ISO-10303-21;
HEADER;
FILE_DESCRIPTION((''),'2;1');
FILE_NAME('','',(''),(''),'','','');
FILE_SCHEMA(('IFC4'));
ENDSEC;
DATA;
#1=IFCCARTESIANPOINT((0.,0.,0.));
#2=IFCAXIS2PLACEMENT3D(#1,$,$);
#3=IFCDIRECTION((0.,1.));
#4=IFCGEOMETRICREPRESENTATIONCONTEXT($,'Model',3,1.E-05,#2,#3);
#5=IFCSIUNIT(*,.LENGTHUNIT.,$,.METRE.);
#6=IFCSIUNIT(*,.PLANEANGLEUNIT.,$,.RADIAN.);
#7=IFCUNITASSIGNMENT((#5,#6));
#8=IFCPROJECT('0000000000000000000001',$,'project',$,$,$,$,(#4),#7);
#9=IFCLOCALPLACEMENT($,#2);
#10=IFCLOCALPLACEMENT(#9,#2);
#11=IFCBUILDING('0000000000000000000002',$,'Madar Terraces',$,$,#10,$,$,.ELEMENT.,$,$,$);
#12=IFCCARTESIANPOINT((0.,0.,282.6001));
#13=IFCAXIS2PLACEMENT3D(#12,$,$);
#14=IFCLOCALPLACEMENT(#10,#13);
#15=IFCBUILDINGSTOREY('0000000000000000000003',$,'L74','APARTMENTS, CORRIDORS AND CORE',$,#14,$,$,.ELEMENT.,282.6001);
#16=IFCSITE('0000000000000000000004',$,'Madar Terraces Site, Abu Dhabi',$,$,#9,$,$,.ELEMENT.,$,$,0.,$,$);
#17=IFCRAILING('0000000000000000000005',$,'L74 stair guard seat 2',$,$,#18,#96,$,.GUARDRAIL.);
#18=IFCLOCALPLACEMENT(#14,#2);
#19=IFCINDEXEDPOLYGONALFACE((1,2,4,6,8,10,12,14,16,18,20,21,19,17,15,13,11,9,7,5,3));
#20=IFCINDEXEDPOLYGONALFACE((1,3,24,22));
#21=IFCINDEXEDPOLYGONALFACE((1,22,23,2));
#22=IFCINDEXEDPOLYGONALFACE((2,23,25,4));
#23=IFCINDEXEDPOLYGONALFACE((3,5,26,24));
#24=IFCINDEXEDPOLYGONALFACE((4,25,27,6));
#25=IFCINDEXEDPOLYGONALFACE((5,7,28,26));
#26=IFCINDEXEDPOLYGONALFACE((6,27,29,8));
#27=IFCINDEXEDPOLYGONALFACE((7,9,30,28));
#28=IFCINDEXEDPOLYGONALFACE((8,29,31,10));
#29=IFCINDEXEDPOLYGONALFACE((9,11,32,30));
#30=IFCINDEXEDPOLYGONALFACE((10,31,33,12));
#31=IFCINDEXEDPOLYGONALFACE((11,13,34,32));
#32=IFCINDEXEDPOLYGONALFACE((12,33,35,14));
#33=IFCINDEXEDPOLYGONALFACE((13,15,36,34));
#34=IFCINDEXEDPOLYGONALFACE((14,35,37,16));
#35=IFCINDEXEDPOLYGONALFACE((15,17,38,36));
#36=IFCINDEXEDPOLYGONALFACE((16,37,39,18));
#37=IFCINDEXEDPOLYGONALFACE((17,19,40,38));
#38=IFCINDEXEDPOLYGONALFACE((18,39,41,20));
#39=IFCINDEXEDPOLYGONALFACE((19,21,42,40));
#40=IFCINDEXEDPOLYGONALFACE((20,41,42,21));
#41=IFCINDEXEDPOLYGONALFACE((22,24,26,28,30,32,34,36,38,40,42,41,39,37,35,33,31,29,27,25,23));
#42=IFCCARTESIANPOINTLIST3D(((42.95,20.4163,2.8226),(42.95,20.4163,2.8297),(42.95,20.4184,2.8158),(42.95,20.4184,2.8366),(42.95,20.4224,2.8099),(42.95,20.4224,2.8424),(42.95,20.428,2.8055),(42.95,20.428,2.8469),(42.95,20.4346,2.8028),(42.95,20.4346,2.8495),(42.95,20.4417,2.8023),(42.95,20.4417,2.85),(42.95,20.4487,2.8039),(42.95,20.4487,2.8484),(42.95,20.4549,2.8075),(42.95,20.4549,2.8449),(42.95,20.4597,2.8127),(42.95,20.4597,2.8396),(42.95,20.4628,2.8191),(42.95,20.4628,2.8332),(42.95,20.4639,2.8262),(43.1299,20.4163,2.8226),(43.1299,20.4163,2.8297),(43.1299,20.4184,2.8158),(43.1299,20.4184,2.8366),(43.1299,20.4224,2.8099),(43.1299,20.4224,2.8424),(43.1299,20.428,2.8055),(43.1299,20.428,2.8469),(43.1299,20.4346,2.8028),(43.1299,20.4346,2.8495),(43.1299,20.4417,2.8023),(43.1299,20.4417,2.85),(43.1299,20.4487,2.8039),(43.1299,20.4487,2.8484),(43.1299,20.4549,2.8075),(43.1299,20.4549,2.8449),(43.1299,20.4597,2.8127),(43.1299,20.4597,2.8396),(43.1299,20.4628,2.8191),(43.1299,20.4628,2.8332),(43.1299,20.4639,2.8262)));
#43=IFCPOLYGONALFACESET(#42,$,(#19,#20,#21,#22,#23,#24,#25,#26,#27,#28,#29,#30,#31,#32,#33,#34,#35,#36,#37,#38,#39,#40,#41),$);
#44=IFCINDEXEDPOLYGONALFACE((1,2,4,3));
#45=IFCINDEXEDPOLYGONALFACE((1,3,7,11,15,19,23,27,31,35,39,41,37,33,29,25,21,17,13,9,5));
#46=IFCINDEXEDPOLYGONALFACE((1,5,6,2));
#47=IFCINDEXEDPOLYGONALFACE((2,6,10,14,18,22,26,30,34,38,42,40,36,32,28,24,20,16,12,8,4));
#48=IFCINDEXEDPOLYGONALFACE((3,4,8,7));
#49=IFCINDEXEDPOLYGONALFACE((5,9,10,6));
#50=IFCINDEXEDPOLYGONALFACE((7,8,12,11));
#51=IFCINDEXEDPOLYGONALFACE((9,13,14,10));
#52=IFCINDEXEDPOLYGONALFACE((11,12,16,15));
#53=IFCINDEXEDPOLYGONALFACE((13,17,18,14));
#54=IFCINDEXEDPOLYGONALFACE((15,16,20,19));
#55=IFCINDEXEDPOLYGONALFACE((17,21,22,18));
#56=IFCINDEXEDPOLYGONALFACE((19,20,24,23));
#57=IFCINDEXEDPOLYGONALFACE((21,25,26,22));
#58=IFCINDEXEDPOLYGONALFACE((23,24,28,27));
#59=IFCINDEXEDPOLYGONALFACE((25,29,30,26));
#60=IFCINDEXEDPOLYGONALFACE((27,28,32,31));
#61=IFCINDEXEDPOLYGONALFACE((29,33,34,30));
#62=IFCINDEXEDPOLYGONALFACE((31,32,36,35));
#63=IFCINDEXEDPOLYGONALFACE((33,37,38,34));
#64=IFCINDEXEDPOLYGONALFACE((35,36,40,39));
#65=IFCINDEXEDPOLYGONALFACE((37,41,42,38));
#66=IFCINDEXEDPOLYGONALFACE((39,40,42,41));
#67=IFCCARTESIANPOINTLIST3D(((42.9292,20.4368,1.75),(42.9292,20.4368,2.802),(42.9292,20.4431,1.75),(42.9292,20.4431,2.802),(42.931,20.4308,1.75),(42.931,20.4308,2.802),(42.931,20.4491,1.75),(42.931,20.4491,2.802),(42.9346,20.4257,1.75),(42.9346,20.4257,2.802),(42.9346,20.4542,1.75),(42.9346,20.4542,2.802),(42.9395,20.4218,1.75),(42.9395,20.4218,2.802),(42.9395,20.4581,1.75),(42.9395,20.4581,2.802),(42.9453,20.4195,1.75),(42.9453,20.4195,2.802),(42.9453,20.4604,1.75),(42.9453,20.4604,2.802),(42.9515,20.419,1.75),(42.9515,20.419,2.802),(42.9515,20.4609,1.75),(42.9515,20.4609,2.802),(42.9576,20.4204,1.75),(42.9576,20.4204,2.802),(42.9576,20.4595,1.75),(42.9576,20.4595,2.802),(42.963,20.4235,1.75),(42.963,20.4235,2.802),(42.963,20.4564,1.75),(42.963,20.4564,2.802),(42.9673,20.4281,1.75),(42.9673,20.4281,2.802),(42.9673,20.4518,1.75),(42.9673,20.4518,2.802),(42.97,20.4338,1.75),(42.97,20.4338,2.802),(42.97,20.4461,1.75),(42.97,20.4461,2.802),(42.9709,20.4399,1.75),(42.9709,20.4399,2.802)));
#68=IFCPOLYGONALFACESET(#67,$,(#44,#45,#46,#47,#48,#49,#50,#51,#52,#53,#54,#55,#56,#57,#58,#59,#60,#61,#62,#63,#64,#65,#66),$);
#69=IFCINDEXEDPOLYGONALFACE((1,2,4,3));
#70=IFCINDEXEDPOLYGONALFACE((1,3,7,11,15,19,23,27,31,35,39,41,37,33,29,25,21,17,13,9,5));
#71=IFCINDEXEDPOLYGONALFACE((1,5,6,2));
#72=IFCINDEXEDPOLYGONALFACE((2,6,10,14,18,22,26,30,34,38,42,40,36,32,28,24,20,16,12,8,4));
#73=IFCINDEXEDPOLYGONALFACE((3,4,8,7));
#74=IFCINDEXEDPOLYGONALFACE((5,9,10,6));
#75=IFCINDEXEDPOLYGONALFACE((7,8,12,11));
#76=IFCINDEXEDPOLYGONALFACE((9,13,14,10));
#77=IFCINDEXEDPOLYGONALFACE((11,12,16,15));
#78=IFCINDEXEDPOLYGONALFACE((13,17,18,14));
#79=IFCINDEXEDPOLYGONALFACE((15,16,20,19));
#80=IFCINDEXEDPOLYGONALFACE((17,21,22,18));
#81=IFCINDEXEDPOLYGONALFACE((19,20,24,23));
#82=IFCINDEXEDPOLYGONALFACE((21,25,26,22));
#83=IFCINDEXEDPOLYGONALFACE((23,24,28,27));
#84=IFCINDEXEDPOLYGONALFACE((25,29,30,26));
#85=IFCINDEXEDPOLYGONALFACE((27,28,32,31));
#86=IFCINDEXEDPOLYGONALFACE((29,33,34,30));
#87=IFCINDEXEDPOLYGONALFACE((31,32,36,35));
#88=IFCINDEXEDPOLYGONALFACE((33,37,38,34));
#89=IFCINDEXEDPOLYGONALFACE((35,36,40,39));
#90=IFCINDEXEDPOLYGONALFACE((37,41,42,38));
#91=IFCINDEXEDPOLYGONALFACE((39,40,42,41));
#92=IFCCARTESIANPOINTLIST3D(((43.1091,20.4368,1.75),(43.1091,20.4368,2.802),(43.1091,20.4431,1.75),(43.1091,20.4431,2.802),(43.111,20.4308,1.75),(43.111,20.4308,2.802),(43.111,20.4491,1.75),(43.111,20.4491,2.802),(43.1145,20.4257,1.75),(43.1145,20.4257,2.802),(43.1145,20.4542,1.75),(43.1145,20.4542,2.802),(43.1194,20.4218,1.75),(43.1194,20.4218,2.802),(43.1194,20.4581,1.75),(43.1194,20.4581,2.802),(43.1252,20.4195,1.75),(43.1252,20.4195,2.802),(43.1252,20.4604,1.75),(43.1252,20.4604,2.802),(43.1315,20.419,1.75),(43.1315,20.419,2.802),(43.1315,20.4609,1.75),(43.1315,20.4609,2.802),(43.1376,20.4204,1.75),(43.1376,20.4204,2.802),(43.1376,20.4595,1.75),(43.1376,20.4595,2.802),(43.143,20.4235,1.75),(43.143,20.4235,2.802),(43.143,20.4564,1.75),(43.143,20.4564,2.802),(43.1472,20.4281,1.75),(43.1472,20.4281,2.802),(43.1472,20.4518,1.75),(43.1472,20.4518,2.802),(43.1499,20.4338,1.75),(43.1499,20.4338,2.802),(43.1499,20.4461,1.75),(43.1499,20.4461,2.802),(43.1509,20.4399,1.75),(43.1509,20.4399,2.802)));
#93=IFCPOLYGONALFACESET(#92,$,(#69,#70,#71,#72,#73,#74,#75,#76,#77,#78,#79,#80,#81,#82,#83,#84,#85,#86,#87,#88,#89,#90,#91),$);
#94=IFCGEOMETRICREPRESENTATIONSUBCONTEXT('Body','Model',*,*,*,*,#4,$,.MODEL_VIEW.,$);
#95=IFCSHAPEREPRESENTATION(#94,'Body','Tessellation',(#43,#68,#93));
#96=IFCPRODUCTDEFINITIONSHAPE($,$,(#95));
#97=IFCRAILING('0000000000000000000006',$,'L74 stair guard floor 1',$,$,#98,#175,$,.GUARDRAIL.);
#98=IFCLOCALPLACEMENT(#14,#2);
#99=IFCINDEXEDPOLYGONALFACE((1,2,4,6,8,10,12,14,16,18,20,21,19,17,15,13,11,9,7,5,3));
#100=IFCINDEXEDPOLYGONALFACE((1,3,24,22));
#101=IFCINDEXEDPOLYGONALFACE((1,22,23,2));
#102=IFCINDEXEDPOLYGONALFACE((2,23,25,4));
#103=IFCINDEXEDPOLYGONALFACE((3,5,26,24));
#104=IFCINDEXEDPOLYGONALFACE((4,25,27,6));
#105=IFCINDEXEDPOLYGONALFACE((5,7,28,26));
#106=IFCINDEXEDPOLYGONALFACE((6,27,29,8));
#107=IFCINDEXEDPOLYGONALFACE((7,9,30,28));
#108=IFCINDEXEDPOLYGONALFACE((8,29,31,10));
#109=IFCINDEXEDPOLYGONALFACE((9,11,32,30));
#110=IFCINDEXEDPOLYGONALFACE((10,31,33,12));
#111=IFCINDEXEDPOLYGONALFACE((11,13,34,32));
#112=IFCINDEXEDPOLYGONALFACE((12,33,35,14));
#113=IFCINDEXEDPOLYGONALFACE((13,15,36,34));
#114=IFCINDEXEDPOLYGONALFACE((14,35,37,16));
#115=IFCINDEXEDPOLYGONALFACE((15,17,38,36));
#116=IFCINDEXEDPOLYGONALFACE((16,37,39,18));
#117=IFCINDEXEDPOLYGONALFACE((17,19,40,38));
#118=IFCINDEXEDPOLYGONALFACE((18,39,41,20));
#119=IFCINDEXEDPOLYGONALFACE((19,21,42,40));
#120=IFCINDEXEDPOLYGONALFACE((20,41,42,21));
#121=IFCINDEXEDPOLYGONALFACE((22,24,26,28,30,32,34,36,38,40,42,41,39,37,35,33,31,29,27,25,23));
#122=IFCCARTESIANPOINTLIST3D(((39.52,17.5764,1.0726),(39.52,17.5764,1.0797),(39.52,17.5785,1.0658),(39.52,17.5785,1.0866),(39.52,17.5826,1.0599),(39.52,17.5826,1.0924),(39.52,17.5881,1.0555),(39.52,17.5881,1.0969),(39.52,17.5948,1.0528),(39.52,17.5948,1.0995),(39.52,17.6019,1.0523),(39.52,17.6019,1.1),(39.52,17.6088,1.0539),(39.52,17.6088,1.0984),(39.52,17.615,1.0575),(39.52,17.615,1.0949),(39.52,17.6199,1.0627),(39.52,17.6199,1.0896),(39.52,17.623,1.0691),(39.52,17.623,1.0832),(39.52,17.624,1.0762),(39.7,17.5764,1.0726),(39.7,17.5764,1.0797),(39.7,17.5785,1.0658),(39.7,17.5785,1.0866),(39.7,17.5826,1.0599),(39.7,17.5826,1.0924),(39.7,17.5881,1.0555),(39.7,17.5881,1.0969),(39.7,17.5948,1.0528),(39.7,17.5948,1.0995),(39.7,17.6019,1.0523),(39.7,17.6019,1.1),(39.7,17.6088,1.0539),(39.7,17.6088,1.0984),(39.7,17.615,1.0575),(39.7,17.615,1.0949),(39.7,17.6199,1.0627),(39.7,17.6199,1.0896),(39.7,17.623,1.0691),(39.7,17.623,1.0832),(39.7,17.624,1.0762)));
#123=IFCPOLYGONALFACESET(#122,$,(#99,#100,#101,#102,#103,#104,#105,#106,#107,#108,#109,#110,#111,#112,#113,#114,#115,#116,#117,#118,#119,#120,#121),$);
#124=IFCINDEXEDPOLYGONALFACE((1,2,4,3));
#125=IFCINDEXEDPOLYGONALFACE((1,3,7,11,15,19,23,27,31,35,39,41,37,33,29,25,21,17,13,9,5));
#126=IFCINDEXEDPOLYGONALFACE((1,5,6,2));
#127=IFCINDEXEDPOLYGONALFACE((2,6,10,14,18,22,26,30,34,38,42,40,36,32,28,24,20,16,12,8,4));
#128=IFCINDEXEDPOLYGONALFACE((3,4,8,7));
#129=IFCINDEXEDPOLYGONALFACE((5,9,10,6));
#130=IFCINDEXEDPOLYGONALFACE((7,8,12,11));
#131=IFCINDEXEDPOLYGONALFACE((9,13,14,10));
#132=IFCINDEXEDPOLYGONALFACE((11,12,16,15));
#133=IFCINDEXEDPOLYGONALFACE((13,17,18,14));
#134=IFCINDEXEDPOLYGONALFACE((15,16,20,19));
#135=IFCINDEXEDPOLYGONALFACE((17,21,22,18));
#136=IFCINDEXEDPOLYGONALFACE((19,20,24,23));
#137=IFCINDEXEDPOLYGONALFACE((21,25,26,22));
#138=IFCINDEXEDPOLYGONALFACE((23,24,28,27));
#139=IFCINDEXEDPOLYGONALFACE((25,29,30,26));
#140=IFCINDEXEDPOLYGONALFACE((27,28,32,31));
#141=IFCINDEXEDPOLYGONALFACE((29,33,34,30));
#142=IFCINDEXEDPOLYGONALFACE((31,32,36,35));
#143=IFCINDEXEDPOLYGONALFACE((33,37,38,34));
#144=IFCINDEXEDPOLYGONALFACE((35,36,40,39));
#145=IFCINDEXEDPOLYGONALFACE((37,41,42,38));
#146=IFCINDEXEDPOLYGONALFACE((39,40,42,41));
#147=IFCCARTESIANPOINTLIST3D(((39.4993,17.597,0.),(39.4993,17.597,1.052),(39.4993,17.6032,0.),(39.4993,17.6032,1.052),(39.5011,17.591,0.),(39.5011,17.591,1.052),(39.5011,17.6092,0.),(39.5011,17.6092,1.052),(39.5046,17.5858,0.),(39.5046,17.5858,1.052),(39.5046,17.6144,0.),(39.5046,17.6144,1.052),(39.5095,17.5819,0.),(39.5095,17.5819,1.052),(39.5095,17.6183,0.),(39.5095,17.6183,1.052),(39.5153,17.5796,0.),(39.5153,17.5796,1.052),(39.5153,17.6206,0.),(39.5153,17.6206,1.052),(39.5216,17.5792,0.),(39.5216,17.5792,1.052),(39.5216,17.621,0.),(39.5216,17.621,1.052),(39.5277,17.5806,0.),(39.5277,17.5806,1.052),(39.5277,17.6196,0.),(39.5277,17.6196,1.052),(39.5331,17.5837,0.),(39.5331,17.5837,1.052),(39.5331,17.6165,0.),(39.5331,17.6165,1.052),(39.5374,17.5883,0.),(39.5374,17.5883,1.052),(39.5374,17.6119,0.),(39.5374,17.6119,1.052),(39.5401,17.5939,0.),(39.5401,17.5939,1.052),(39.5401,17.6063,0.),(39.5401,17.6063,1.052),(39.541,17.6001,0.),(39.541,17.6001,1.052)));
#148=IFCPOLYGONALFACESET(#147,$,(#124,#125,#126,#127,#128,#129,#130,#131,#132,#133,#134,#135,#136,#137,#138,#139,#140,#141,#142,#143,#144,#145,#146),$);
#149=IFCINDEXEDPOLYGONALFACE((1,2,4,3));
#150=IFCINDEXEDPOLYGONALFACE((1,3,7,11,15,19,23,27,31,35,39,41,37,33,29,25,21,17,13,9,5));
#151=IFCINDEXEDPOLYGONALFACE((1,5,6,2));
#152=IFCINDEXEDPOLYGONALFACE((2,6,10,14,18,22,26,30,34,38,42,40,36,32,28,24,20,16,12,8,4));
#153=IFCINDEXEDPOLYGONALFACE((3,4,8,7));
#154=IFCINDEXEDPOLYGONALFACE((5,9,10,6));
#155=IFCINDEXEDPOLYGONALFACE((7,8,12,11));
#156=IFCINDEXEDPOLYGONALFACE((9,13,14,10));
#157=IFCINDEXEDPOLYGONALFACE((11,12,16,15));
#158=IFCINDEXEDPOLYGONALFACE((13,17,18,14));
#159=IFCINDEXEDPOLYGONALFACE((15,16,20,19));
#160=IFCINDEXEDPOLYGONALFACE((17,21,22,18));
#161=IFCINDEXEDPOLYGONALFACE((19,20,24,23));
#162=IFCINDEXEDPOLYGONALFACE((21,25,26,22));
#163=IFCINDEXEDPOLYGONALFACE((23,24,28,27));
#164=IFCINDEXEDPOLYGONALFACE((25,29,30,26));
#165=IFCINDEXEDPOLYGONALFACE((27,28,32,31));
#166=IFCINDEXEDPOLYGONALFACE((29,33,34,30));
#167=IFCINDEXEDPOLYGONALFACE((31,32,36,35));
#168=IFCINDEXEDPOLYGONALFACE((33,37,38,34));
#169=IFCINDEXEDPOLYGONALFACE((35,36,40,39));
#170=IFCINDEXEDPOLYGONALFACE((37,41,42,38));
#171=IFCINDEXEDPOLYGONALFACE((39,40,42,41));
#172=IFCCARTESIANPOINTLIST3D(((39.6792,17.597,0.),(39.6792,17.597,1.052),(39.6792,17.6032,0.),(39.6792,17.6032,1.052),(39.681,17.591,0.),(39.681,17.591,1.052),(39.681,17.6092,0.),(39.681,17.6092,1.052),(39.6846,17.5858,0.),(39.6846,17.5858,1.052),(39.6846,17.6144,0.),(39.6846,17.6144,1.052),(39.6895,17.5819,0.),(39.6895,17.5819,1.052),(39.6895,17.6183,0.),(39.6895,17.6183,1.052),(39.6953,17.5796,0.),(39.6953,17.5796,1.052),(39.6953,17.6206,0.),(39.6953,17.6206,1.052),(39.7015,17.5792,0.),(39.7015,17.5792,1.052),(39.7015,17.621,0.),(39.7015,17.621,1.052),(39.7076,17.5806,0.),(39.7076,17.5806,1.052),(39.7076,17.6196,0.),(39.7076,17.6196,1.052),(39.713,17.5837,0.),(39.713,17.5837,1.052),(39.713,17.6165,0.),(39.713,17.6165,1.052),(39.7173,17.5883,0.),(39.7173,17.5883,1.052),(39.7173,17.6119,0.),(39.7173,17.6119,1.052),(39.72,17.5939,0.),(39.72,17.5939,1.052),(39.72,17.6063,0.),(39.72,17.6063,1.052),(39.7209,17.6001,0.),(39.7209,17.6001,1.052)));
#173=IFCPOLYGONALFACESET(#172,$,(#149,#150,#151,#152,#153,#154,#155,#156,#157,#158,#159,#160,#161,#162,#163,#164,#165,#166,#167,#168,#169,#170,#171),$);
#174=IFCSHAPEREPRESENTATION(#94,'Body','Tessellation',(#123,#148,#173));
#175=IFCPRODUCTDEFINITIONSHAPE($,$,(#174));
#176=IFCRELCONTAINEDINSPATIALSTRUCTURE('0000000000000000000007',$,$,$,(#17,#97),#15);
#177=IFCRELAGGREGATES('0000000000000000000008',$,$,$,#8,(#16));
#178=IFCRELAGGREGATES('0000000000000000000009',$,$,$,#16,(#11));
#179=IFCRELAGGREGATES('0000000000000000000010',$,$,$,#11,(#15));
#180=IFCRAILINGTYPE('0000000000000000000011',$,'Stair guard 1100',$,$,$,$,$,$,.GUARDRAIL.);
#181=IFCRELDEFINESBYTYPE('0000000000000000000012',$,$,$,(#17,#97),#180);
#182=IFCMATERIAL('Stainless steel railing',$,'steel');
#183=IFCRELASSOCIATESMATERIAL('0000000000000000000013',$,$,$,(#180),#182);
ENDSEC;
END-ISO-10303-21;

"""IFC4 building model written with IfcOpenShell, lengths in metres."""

from ifc_helpers import new_model, si_unit, direction, frame, origin, origin_2d, place, context, subcontext, project, spatial, circle, extrude, material, type_object, element, save


model = new_model("IFC4")

# Units and contexts
model_context = context("Model", 3, precision=1e-05, world=origin(), true_north=direction((0.0, 1.0)))
body_context = subcontext(model_context, "Body", "Model", "MODEL_VIEW")
ifc_project = project(units=[si_unit("LENGTHUNIT", "METRE"), si_unit("PLANEANGLEUNIT", "RADIAN")], contexts=[model_context])

# Site, building, storey
site_placement = place(None, origin())
site = spatial("IfcSite", under=ifc_project, at=site_placement, Name="Madar Terraces Site, Abu Dhabi", CompositionType="ELEMENT", RefElevation=0.0)
building_placement = place(site_placement, origin())
building = spatial("IfcBuilding", under=site, at=building_placement, Name="Madar Terraces", CompositionType="ELEMENT")
storey_placement = place(building_placement, frame((0.0, 0.0, 282.6001)))
storey = spatial("IfcBuildingStorey", under=building, at=storey_placement, Name="L74", Description="APARTMENTS, CORRIDORS AND CORE", CompositionType="ELEMENT", Elevation=282.6001)

# Railings
ifc_material_1 = material(Name="Stainless steel railing", Category="steel")
railing_type_1 = type_object("IfcRailingType", Name="Stair guard 1100", PredefinedType="GUARDRAIL", material=ifc_material_1)
for number, where, name in (
    (1, (42.95, 20.4399, 1.75), "L74 stair guard seat 2"),
    (2, (39.52, 17.6001, 0.0), "L74 stair guard floor 1"),
):
    element("IfcRailing", number, at=place(storey_placement, frame(where)), inside=storey, type_object=railing_type_1, Name=name, PredefinedType="GUARDRAIL", context=body_context, shape_type="SweptSolid", body=[
        extrude(circle(Radius=0.0239, at=origin_2d()), frame((0.0, 0.0, 1.0762), z_axis=(1.0, 0.0, 0.0), x_axis=(0.0, 1.0, 0.0)), (0.0, 0.0, 1.0), 0.1799),
        extrude(circle(Radius=0.021, at=origin_2d()), origin(), (0.0, 0.0, 1.0), 1.052),
        extrude(circle(Radius=0.021, at=origin_2d()), frame((0.1799, 0.0, 0.0)), (0.0, 0.0, 1.0), 1.052),
    ])

save(model, "model.ifc")
